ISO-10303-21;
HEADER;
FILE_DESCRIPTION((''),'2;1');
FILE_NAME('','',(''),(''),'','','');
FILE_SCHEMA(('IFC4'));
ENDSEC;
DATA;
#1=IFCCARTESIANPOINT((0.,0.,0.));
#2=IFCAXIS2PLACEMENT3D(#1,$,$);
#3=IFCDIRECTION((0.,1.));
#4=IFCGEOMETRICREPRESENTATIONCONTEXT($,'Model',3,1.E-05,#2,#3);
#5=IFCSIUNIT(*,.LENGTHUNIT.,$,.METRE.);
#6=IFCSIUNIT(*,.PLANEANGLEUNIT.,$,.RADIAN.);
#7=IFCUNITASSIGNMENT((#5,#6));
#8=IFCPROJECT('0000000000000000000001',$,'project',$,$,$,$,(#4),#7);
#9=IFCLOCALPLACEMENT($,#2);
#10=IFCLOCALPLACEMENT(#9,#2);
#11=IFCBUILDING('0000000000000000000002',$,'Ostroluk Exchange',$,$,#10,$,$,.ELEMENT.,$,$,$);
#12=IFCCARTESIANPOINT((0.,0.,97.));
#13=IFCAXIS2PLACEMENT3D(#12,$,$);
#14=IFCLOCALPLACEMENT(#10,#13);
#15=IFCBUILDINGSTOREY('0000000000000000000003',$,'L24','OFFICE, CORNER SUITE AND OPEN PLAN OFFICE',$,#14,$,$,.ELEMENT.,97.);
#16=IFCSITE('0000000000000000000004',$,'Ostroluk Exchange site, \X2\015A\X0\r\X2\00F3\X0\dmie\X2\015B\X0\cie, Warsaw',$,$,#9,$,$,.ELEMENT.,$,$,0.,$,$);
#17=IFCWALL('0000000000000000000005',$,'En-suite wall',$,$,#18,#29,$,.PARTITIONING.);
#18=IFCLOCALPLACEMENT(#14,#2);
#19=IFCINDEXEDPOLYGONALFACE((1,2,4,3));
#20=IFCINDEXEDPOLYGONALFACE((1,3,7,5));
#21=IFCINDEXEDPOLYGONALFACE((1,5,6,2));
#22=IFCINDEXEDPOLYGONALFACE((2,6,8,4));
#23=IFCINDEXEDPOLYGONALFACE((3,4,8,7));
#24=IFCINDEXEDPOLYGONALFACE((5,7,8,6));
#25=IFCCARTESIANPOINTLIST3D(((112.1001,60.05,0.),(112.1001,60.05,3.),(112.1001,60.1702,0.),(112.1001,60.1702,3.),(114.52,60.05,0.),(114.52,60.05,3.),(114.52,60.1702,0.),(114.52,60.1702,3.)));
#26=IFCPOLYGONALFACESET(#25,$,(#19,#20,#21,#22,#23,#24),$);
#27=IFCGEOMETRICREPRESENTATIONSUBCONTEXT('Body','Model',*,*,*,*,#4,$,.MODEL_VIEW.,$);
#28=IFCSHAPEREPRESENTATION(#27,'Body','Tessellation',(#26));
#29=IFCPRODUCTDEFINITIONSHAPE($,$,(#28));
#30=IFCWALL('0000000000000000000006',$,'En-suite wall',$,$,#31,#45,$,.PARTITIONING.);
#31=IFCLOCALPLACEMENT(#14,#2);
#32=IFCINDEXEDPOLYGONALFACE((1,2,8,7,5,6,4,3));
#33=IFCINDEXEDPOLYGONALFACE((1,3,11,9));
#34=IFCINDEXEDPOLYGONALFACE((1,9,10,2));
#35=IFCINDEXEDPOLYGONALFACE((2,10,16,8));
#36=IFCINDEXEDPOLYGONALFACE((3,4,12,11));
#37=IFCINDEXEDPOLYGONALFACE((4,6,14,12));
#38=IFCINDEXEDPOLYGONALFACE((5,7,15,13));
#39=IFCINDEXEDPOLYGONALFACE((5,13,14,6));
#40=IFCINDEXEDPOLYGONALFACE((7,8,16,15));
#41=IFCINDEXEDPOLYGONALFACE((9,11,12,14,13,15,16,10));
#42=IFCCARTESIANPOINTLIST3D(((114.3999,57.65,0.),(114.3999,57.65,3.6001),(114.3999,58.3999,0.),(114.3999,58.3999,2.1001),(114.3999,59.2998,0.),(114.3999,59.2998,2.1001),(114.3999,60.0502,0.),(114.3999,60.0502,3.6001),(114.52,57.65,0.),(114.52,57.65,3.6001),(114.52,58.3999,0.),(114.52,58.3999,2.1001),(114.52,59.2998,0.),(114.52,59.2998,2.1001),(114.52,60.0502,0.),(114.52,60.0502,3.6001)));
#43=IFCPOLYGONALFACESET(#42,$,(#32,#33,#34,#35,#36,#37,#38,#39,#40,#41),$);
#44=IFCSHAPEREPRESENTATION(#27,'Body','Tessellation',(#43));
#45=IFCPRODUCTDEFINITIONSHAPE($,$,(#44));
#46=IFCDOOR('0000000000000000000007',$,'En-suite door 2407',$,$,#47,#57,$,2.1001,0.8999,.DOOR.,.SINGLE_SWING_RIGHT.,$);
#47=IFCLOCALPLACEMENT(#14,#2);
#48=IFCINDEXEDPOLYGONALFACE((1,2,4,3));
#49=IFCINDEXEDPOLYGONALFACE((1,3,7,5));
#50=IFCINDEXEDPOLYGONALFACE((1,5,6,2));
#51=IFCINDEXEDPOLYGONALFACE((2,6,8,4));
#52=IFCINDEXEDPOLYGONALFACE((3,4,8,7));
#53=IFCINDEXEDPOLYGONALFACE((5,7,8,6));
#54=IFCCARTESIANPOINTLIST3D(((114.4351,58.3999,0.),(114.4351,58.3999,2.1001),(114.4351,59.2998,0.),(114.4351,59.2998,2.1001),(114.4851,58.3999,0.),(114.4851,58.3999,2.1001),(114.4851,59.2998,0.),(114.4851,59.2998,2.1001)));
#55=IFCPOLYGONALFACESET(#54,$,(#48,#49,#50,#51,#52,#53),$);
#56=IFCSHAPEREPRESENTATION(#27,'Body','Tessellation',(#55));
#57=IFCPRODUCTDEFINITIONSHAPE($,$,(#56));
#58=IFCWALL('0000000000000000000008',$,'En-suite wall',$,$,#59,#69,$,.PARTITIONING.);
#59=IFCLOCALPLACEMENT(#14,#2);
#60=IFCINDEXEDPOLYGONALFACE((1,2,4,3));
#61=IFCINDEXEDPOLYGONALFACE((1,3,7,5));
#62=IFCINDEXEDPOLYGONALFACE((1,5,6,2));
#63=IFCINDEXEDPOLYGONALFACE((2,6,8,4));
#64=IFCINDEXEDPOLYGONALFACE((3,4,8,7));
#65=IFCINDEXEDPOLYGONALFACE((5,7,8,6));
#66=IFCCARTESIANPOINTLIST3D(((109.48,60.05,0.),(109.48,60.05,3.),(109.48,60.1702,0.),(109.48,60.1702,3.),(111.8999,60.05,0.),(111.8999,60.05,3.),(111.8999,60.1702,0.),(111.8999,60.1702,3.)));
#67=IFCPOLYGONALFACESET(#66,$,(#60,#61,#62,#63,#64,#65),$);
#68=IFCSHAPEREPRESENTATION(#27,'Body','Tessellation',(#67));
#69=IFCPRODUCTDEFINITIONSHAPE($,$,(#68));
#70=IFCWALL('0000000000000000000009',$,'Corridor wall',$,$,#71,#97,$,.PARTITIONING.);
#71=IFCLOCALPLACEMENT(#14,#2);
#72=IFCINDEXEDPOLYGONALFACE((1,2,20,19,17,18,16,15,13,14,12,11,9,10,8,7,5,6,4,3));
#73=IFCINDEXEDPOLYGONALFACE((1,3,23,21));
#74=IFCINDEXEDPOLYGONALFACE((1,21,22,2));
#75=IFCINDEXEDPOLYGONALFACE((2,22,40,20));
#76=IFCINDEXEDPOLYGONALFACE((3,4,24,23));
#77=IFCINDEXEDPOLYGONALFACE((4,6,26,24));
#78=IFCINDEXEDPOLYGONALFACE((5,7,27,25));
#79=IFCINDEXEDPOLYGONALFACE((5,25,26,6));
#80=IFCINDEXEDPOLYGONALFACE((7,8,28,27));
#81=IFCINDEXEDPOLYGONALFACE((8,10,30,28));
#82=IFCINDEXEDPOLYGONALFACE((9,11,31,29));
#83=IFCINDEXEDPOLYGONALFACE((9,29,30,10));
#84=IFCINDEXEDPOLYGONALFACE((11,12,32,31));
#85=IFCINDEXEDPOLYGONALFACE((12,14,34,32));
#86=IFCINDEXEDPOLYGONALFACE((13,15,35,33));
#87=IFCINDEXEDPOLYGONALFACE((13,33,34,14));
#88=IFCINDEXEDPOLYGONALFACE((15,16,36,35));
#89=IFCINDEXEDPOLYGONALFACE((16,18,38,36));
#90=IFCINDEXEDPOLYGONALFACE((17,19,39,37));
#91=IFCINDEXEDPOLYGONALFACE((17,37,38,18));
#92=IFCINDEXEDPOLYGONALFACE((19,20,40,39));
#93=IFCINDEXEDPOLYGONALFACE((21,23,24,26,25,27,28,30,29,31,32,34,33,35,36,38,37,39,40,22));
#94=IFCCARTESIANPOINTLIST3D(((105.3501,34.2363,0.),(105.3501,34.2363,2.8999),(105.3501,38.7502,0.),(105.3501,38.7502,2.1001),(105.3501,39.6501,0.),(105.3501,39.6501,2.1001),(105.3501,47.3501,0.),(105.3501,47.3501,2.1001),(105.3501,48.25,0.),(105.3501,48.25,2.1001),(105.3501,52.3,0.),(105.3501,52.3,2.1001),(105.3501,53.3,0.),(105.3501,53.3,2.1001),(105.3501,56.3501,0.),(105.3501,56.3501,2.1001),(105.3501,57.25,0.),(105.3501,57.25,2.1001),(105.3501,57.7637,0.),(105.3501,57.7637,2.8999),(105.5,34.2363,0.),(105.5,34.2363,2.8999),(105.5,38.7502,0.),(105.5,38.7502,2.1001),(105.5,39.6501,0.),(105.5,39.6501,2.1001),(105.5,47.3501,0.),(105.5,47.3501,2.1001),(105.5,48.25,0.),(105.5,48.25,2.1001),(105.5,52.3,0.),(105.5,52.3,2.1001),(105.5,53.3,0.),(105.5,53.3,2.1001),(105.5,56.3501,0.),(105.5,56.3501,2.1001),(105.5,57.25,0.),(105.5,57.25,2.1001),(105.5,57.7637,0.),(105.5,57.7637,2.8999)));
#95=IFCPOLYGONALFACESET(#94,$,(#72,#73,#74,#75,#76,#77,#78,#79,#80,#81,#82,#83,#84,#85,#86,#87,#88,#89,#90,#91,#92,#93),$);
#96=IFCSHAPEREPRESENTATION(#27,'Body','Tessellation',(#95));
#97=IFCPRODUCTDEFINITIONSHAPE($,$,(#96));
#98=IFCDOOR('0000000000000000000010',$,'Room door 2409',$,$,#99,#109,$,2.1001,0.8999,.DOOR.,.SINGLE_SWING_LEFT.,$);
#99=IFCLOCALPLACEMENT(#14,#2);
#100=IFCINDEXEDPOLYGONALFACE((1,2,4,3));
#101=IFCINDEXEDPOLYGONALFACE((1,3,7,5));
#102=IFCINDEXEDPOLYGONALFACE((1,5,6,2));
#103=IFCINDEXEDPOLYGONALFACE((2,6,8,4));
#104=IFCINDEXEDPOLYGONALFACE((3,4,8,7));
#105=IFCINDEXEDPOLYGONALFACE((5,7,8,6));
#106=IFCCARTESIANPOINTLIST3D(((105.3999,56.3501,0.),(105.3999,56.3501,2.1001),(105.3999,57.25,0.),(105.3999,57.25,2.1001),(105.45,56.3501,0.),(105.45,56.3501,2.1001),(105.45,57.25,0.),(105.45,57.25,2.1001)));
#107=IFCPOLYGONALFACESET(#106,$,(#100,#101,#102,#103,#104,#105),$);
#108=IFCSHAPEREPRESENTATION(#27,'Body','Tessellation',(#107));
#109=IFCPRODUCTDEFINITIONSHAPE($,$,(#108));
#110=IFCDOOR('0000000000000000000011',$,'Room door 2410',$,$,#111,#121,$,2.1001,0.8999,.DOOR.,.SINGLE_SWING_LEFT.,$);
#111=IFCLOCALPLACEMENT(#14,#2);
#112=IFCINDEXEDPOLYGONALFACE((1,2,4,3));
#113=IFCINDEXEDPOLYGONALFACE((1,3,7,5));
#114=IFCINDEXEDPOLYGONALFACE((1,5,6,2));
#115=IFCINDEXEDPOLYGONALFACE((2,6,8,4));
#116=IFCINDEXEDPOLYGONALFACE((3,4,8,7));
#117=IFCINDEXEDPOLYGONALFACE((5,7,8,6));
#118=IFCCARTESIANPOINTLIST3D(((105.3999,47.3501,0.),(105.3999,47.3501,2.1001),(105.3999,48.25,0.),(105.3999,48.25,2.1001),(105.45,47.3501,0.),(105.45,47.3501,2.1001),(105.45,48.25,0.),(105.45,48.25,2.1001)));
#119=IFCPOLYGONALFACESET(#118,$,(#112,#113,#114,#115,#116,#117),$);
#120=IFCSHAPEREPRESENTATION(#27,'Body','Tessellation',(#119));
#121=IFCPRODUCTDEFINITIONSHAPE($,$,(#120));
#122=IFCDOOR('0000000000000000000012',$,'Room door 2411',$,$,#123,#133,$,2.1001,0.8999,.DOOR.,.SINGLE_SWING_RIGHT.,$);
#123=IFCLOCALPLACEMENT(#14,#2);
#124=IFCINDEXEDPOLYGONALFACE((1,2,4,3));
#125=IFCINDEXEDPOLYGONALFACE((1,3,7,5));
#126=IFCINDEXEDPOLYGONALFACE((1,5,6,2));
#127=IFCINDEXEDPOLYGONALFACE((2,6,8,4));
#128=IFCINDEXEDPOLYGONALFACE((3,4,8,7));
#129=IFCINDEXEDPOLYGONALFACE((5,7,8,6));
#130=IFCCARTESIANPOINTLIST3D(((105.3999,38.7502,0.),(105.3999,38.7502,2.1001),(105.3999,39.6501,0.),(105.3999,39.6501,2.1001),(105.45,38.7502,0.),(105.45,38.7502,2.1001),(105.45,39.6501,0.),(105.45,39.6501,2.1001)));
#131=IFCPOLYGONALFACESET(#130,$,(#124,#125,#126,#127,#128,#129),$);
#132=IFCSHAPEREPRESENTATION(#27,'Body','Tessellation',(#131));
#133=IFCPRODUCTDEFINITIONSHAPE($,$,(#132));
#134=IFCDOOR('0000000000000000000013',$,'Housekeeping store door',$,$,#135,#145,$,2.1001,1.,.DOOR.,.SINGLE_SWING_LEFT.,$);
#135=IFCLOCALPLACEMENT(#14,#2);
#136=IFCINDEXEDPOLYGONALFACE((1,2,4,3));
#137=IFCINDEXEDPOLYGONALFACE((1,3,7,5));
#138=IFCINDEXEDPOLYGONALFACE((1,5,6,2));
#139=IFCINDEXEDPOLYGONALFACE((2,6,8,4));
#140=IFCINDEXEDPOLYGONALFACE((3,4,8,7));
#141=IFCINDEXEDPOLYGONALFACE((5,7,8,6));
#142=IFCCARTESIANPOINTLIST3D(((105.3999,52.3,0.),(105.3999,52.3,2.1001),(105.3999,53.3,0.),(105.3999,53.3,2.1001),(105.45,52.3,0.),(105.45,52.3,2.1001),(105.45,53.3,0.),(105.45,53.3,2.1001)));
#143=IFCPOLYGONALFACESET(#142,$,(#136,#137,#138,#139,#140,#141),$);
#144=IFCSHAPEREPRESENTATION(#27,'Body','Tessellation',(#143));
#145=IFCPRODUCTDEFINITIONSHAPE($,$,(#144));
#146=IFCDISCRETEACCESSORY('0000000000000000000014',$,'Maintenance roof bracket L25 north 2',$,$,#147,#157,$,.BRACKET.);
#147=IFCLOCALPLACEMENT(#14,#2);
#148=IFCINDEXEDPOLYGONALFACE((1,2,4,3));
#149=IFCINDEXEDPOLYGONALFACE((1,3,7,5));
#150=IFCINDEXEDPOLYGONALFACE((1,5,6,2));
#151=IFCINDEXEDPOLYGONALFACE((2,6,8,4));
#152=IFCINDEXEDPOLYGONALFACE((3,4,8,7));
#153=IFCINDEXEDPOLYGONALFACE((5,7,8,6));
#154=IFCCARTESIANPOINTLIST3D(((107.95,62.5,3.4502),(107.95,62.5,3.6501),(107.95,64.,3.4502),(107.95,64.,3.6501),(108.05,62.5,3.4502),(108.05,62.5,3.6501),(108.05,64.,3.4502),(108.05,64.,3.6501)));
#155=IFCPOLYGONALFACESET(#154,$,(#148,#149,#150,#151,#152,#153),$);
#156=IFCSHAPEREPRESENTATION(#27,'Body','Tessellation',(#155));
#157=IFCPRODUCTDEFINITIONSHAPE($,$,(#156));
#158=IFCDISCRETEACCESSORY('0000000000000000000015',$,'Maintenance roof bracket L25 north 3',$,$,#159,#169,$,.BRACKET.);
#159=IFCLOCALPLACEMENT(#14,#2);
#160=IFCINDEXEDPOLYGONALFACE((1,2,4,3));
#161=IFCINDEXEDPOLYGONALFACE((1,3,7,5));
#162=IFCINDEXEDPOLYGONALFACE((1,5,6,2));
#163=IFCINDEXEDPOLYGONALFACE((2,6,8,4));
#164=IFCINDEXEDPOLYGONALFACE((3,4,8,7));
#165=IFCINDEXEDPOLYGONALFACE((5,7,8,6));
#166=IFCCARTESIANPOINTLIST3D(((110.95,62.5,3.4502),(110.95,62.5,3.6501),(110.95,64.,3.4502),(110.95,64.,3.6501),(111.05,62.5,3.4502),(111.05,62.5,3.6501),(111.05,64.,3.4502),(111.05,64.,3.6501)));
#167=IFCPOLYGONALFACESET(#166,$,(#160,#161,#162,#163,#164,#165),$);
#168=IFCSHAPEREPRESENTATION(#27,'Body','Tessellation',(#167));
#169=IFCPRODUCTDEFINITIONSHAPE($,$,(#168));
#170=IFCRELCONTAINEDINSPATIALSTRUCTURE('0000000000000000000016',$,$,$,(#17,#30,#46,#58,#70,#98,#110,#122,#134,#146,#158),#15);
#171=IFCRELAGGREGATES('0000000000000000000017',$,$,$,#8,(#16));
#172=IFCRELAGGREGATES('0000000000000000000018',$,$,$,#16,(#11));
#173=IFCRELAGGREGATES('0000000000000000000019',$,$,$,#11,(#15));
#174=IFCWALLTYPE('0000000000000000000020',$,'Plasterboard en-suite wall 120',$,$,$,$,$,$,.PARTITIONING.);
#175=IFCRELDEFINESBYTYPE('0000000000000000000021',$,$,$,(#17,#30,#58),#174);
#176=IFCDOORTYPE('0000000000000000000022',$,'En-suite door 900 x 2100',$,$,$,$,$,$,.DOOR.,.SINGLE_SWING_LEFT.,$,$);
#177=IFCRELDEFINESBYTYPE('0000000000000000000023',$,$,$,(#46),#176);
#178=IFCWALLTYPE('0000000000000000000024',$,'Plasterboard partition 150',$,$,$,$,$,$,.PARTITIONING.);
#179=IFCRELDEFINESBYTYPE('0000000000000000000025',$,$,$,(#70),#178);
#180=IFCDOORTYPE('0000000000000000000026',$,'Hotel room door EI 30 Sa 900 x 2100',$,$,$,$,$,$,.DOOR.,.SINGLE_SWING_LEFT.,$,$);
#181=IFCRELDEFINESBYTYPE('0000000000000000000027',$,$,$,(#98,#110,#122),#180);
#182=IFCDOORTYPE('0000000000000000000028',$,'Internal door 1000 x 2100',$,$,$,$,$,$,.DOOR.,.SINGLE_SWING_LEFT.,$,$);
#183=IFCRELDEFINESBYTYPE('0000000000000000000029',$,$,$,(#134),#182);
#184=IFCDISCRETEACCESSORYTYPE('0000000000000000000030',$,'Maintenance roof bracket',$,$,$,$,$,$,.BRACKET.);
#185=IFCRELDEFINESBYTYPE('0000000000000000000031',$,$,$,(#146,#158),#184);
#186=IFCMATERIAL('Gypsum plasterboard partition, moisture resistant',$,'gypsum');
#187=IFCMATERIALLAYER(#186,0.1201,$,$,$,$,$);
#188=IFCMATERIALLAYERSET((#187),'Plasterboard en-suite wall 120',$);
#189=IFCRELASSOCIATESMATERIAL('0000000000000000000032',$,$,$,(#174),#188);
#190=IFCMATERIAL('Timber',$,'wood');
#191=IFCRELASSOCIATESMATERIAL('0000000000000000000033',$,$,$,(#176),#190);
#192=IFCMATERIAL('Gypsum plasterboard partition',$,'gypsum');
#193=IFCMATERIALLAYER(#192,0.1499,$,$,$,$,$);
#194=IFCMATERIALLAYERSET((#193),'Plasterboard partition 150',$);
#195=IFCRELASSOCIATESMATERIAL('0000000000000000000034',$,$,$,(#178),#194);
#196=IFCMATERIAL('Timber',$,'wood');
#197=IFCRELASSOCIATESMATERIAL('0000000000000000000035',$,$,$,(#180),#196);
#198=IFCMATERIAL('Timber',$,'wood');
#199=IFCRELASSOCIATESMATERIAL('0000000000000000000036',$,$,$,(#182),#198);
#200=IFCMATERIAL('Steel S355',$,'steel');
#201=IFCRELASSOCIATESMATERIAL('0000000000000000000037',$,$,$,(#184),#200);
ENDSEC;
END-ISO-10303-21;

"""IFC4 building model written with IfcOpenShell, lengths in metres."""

from ifc_helpers import new_model, si_unit, direction, frame, frame_2d, origin, origin_2d, place, context, subcontext, project, spatial, rectangle, extrude, material, layer, layer_set, type_object, element, fill, save


model = new_model("IFC4")

# Units and contexts
model_context = context("Model", 3, precision=1e-05, world=origin(), true_north=direction((0.0, 1.0)))
body_context = subcontext(model_context, "Body", "Model", "MODEL_VIEW")
ifc_project = project(units=[si_unit("LENGTHUNIT", "METRE"), si_unit("PLANEANGLEUNIT", "RADIAN")], contexts=[model_context])

# Site, building, storey
site_placement = place(None, origin())
site = spatial("IfcSite", under=ifc_project, at=site_placement, Name="Ostroluk Exchange site, Śródmieście, Warsaw", CompositionType="ELEMENT", RefElevation=0.0)
building_placement = place(site_placement, origin())
building = spatial("IfcBuilding", under=site, at=building_placement, Name="Ostroluk Exchange", CompositionType="ELEMENT")
storey_placement = place(building_placement, frame((0.0, 0.0, 97.0)))
storey = spatial("IfcBuildingStorey", under=building, at=storey_placement, Name="L24", Description="OFFICE, CORNER SUITE AND OPEN PLAN OFFICE", CompositionType="ELEMENT", Elevation=97.0)

# Wall
ifc_material_1 = material(Name="Gypsum plasterboard partition, moisture resistant", Category="gypsum")
ifc_layer_1 = layer(ifc_material_1, 0.1201)
ifc_layer_set_1 = layer_set([ifc_layer_1], Name="Plasterboard en-suite wall 120")
wall_type_1 = type_object("IfcWallType", Name="Plasterboard en-suite wall 120", PredefinedType="PARTITIONING", material=ifc_layer_set_1)
wall_1_placement = place(storey_placement, frame((114.52, 60.1101, 0.0), z_axis=(0.0, 0.0, 1.0), x_axis=(-1.0, 0.0, 0.0)))
element("IfcWall", 1, at=wall_1_placement, inside=storey, type_object=wall_type_1, Name="En-suite wall", PredefinedType="PARTITIONING", context=body_context, shape_type="SweptSolid", body=[
    extrude(rectangle(XDim=2.4199, YDim=0.1201, at=frame_2d((1.21, 0.0))), origin(), (0.0, 0.0, 1.0), 3.0),
])

# Wall, opening, door
wall_2_placement = place(storey_placement, frame((114.46, 57.6499, 0.0), z_axis=(0.0, 0.0, 1.0), x_axis=(0.0, 1.0, 0.0)))
wall_2 = element("IfcWall", 2, at=wall_2_placement, inside=storey, type_object=wall_type_1, Name="En-suite wall", PredefinedType="PARTITIONING", context=body_context, shape_type="SweptSolid", body=[
    extrude(rectangle(XDim=2.4001, YDim=0.1201, at=frame_2d((1.2002, 0.0))), origin(), (0.0, 0.0, 1.0), 3.6001),
])
opening_1_placement = place(wall_2_placement, frame((0.75, 0.0, 0.0)))
opening_1 = element("IfcOpeningElement", 3, at=opening_1_placement, cuts=wall_2, PredefinedType="OPENING", context=body_context, shape_type="SweptSolid", body=[
    extrude(rectangle(XDim=0.8999, YDim=2.1001, at=frame_2d((0.45, 1.05))), frame((0.0, 0.0701, 0.0), z_axis=(0.0, -1.0, 0.0), x_axis=(1.0, 0.0, 0.0)), (0.0, 0.0, 1.0), 0.1401),
])
ifc_material_2 = material(Name="Timber", Category="wood")
door_type_1 = type_object("IfcDoorType", Name="En-suite door 900 x 2100", OperationType="SINGLE_SWING_LEFT", PredefinedType="DOOR", material=ifc_material_2)
door_1_placement = place(opening_1_placement, origin())
door_1 = element("IfcDoor", 4, at=door_1_placement, inside=storey, type_object=door_type_1, Name="En-suite door 2407", OperationType="SINGLE_SWING_RIGHT", OverallHeight=2.1001, OverallWidth=0.8999, PredefinedType="DOOR", context=body_context, shape_type="SweptSolid", body=[
    extrude(rectangle(XDim=0.8999, YDim=2.1001, at=frame_2d((0.45, 1.05))), frame((0.0, 0.0249, 0.0), z_axis=(0.0, -1.0, 0.0), x_axis=(1.0, 0.0, 0.0)), (0.0, 0.0, 1.0), 0.05),
])
fill(opening_1, door_1)

# Wall
wall_3_placement = place(storey_placement, frame((111.8999, 60.1101, 0.0), z_axis=(0.0, 0.0, 1.0), x_axis=(-1.0, 0.0, 0.0)))
element("IfcWall", 5, at=wall_3_placement, inside=storey, type_object=wall_type_1, Name="En-suite wall", PredefinedType="PARTITIONING", context=body_context, shape_type="SweptSolid", body=[
    extrude(rectangle(XDim=2.4199, YDim=0.1201, at=frame_2d((1.21, 0.0))), origin(), (0.0, 0.0, 1.0), 3.0),
])

# Wall, openings, doors
ifc_material_3 = material(Name="Gypsum plasterboard partition", Category="gypsum")
ifc_layer_2 = layer(ifc_material_3, 0.1499)
ifc_layer_set_2 = layer_set([ifc_layer_2], Name="Plasterboard partition 150")
wall_type_2 = type_object("IfcWallType", Name="Plasterboard partition 150", PredefinedType="PARTITIONING", material=ifc_layer_set_2)
wall_4_placement = place(storey_placement, frame((105.425, 57.7637, 0.0), z_axis=(0.0, 0.0, 1.0), x_axis=(0.0, -1.0, 0.0)))
wall_4 = element("IfcWall", 6, at=wall_4_placement, inside=storey, type_object=wall_type_2, Name="Corridor wall", PredefinedType="PARTITIONING", context=body_context, shape_type="SweptSolid", body=[
    extrude(rectangle(XDim=23.5273, YDim=0.1499, at=frame_2d((11.7637, 0.0))), origin(), (0.0, 0.0, 1.0), 2.8999),
])
opening_2_placement = place(wall_4_placement, frame((0.5137, 0.0, 0.0)))
opening_2 = element("IfcOpeningElement", 7, at=opening_2_placement, cuts=wall_4, PredefinedType="OPENING", context=body_context, shape_type="SweptSolid", body=[
    extrude(rectangle(XDim=0.8999, YDim=2.1001, at=frame_2d((0.45, 1.05))), frame((0.0, 0.085, 0.0), z_axis=(0.0, -1.0, 0.0), x_axis=(1.0, 0.0, 0.0)), (0.0, 0.0, 1.0), 0.1699),
])
opening_3_placement = place(wall_4_placement, frame((4.4636, 0.0, 0.0)))
opening_3 = element("IfcOpeningElement", 8, at=opening_3_placement, cuts=wall_4, PredefinedType="OPENING", context=body_context, shape_type="SweptSolid", body=[
    extrude(rectangle(XDim=1.0, YDim=2.1001, at=frame_2d((0.5, 1.05))), frame((0.0, 0.085, 0.0), z_axis=(0.0, -1.0, 0.0), x_axis=(1.0, 0.0, 0.0)), (0.0, 0.0, 1.0), 0.1699),
])
opening_4_placement = place(wall_4_placement, frame((9.5137, 0.0, 0.0)))
opening_4 = element("IfcOpeningElement", 9, at=opening_4_placement, cuts=wall_4, PredefinedType="OPENING", context=body_context, shape_type="SweptSolid", body=[
    extrude(rectangle(XDim=0.8999, YDim=2.1001, at=frame_2d((0.45, 1.05))), frame((0.0, 0.085, 0.0), z_axis=(0.0, -1.0, 0.0), x_axis=(1.0, 0.0, 0.0)), (0.0, 0.0, 1.0), 0.1699),
])
opening_5_placement = place(wall_4_placement, frame((18.1135, 0.0, 0.0)))
opening_5 = element("IfcOpeningElement", 10, at=opening_5_placement, cuts=wall_4, PredefinedType="OPENING", context=body_context, shape_type="SweptSolid", body=[
    extrude(rectangle(XDim=0.8999, YDim=2.1001, at=frame_2d((0.45, 1.05))), frame((0.0, 0.085, 0.0), z_axis=(0.0, -1.0, 0.0), x_axis=(1.0, 0.0, 0.0)), (0.0, 0.0, 1.0), 0.1699),
])
ifc_material_4 = material(Name="Timber", Category="wood")
door_type_2 = type_object("IfcDoorType", Name="Hotel room door EI 30 Sa 900 x 2100", OperationType="SINGLE_SWING_LEFT", PredefinedType="DOOR", material=ifc_material_4)
door_2_placement = place(opening_2_placement, origin())
door_2 = element("IfcDoor", 11, at=door_2_placement, inside=storey, type_object=door_type_2, Name="Room door 2409", OperationType="SINGLE_SWING_LEFT", OverallHeight=2.1001, OverallWidth=0.8999, PredefinedType="DOOR", context=body_context, shape_type="SweptSolid", body=[
    extrude(rectangle(XDim=0.8999, YDim=2.1001, at=frame_2d((0.45, 1.05))), frame((0.0, 0.0249, 0.0), z_axis=(0.0, -1.0, 0.0), x_axis=(1.0, 0.0, 0.0)), (0.0, 0.0, 1.0), 0.05),
])
fill(opening_2, door_2)
door_3_placement = place(opening_4_placement, origin())
door_3 = element("IfcDoor", 12, at=door_3_placement, inside=storey, type_object=door_type_2, Name="Room door 2410", OperationType="SINGLE_SWING_LEFT", OverallHeight=2.1001, OverallWidth=0.8999, PredefinedType="DOOR", context=body_context, shape_type="SweptSolid", body=[
    extrude(rectangle(XDim=0.8999, YDim=2.1001, at=frame_2d((0.45, 1.05))), frame((0.0, 0.0249, 0.0), z_axis=(0.0, -1.0, 0.0), x_axis=(1.0, 0.0, 0.0)), (0.0, 0.0, 1.0), 0.05),
])
fill(opening_4, door_3)
door_4_placement = place(opening_5_placement, origin())
door_4 = element("IfcDoor", 13, at=door_4_placement, inside=storey, type_object=door_type_2, Name="Room door 2411", OperationType="SINGLE_SWING_RIGHT", OverallHeight=2.1001, OverallWidth=0.8999, PredefinedType="DOOR", context=body_context, shape_type="SweptSolid", body=[
    extrude(rectangle(XDim=0.8999, YDim=2.1001, at=frame_2d((0.45, 1.05))), frame((0.0, 0.0249, 0.0), z_axis=(0.0, -1.0, 0.0), x_axis=(1.0, 0.0, 0.0)), (0.0, 0.0, 1.0), 0.05),
])
fill(opening_5, door_4)
ifc_material_5 = material(Name="Timber", Category="wood")
door_type_3 = type_object("IfcDoorType", Name="Internal door 1000 x 2100", OperationType="SINGLE_SWING_LEFT", PredefinedType="DOOR", material=ifc_material_5)
door_5_placement = place(opening_3_placement, origin())
door_5 = element("IfcDoor", 14, at=door_5_placement, inside=storey, type_object=door_type_3, Name="Housekeeping store door", OperationType="SINGLE_SWING_LEFT", OverallHeight=2.1001, OverallWidth=1.0, PredefinedType="DOOR", context=body_context, shape_type="SweptSolid", body=[
    extrude(rectangle(XDim=1.0, YDim=2.1001, at=frame_2d((0.5, 1.05))), frame((0.0, 0.0249, 0.0), z_axis=(0.0, -1.0, 0.0), x_axis=(1.0, 0.0, 0.0)), (0.0, 0.0, 1.0), 0.05),
])
fill(opening_3, door_5)

# Discrete accessories
ifc_material_6 = material(Name="Steel S355", Category="steel")
discrete_accessory_type = type_object("IfcDiscreteAccessoryType", Name="Maintenance roof bracket", PredefinedType="BRACKET", material=ifc_material_6)
for number, where, z_axis, x_axis, name in (
    (15, (108.0, 63.25, 3.4502), (0.0, 0.0, 1.0), (1.0, 0.0, 0.0), "Maintenance roof bracket L25 north 2"),
    (16, (111.0, 63.25, 3.4502), (0.0, 0.0, 1.0), (1.0, 0.0, 0.0), "Maintenance roof bracket L25 north 3"),
):
    element("IfcDiscreteAccessory", number, at=place(storey_placement, frame(where, z_axis=z_axis, x_axis=x_axis)), inside=storey, type_object=discrete_accessory_type, Name=name, PredefinedType="BRACKET", context=body_context, shape_type="SweptSolid", body=[
        extrude(rectangle(XDim=0.1001, YDim=1.5, at=origin_2d()), origin(), (0.0, 0.0, 1.0), 0.2),
    ])

save(model, "model.ifc")
